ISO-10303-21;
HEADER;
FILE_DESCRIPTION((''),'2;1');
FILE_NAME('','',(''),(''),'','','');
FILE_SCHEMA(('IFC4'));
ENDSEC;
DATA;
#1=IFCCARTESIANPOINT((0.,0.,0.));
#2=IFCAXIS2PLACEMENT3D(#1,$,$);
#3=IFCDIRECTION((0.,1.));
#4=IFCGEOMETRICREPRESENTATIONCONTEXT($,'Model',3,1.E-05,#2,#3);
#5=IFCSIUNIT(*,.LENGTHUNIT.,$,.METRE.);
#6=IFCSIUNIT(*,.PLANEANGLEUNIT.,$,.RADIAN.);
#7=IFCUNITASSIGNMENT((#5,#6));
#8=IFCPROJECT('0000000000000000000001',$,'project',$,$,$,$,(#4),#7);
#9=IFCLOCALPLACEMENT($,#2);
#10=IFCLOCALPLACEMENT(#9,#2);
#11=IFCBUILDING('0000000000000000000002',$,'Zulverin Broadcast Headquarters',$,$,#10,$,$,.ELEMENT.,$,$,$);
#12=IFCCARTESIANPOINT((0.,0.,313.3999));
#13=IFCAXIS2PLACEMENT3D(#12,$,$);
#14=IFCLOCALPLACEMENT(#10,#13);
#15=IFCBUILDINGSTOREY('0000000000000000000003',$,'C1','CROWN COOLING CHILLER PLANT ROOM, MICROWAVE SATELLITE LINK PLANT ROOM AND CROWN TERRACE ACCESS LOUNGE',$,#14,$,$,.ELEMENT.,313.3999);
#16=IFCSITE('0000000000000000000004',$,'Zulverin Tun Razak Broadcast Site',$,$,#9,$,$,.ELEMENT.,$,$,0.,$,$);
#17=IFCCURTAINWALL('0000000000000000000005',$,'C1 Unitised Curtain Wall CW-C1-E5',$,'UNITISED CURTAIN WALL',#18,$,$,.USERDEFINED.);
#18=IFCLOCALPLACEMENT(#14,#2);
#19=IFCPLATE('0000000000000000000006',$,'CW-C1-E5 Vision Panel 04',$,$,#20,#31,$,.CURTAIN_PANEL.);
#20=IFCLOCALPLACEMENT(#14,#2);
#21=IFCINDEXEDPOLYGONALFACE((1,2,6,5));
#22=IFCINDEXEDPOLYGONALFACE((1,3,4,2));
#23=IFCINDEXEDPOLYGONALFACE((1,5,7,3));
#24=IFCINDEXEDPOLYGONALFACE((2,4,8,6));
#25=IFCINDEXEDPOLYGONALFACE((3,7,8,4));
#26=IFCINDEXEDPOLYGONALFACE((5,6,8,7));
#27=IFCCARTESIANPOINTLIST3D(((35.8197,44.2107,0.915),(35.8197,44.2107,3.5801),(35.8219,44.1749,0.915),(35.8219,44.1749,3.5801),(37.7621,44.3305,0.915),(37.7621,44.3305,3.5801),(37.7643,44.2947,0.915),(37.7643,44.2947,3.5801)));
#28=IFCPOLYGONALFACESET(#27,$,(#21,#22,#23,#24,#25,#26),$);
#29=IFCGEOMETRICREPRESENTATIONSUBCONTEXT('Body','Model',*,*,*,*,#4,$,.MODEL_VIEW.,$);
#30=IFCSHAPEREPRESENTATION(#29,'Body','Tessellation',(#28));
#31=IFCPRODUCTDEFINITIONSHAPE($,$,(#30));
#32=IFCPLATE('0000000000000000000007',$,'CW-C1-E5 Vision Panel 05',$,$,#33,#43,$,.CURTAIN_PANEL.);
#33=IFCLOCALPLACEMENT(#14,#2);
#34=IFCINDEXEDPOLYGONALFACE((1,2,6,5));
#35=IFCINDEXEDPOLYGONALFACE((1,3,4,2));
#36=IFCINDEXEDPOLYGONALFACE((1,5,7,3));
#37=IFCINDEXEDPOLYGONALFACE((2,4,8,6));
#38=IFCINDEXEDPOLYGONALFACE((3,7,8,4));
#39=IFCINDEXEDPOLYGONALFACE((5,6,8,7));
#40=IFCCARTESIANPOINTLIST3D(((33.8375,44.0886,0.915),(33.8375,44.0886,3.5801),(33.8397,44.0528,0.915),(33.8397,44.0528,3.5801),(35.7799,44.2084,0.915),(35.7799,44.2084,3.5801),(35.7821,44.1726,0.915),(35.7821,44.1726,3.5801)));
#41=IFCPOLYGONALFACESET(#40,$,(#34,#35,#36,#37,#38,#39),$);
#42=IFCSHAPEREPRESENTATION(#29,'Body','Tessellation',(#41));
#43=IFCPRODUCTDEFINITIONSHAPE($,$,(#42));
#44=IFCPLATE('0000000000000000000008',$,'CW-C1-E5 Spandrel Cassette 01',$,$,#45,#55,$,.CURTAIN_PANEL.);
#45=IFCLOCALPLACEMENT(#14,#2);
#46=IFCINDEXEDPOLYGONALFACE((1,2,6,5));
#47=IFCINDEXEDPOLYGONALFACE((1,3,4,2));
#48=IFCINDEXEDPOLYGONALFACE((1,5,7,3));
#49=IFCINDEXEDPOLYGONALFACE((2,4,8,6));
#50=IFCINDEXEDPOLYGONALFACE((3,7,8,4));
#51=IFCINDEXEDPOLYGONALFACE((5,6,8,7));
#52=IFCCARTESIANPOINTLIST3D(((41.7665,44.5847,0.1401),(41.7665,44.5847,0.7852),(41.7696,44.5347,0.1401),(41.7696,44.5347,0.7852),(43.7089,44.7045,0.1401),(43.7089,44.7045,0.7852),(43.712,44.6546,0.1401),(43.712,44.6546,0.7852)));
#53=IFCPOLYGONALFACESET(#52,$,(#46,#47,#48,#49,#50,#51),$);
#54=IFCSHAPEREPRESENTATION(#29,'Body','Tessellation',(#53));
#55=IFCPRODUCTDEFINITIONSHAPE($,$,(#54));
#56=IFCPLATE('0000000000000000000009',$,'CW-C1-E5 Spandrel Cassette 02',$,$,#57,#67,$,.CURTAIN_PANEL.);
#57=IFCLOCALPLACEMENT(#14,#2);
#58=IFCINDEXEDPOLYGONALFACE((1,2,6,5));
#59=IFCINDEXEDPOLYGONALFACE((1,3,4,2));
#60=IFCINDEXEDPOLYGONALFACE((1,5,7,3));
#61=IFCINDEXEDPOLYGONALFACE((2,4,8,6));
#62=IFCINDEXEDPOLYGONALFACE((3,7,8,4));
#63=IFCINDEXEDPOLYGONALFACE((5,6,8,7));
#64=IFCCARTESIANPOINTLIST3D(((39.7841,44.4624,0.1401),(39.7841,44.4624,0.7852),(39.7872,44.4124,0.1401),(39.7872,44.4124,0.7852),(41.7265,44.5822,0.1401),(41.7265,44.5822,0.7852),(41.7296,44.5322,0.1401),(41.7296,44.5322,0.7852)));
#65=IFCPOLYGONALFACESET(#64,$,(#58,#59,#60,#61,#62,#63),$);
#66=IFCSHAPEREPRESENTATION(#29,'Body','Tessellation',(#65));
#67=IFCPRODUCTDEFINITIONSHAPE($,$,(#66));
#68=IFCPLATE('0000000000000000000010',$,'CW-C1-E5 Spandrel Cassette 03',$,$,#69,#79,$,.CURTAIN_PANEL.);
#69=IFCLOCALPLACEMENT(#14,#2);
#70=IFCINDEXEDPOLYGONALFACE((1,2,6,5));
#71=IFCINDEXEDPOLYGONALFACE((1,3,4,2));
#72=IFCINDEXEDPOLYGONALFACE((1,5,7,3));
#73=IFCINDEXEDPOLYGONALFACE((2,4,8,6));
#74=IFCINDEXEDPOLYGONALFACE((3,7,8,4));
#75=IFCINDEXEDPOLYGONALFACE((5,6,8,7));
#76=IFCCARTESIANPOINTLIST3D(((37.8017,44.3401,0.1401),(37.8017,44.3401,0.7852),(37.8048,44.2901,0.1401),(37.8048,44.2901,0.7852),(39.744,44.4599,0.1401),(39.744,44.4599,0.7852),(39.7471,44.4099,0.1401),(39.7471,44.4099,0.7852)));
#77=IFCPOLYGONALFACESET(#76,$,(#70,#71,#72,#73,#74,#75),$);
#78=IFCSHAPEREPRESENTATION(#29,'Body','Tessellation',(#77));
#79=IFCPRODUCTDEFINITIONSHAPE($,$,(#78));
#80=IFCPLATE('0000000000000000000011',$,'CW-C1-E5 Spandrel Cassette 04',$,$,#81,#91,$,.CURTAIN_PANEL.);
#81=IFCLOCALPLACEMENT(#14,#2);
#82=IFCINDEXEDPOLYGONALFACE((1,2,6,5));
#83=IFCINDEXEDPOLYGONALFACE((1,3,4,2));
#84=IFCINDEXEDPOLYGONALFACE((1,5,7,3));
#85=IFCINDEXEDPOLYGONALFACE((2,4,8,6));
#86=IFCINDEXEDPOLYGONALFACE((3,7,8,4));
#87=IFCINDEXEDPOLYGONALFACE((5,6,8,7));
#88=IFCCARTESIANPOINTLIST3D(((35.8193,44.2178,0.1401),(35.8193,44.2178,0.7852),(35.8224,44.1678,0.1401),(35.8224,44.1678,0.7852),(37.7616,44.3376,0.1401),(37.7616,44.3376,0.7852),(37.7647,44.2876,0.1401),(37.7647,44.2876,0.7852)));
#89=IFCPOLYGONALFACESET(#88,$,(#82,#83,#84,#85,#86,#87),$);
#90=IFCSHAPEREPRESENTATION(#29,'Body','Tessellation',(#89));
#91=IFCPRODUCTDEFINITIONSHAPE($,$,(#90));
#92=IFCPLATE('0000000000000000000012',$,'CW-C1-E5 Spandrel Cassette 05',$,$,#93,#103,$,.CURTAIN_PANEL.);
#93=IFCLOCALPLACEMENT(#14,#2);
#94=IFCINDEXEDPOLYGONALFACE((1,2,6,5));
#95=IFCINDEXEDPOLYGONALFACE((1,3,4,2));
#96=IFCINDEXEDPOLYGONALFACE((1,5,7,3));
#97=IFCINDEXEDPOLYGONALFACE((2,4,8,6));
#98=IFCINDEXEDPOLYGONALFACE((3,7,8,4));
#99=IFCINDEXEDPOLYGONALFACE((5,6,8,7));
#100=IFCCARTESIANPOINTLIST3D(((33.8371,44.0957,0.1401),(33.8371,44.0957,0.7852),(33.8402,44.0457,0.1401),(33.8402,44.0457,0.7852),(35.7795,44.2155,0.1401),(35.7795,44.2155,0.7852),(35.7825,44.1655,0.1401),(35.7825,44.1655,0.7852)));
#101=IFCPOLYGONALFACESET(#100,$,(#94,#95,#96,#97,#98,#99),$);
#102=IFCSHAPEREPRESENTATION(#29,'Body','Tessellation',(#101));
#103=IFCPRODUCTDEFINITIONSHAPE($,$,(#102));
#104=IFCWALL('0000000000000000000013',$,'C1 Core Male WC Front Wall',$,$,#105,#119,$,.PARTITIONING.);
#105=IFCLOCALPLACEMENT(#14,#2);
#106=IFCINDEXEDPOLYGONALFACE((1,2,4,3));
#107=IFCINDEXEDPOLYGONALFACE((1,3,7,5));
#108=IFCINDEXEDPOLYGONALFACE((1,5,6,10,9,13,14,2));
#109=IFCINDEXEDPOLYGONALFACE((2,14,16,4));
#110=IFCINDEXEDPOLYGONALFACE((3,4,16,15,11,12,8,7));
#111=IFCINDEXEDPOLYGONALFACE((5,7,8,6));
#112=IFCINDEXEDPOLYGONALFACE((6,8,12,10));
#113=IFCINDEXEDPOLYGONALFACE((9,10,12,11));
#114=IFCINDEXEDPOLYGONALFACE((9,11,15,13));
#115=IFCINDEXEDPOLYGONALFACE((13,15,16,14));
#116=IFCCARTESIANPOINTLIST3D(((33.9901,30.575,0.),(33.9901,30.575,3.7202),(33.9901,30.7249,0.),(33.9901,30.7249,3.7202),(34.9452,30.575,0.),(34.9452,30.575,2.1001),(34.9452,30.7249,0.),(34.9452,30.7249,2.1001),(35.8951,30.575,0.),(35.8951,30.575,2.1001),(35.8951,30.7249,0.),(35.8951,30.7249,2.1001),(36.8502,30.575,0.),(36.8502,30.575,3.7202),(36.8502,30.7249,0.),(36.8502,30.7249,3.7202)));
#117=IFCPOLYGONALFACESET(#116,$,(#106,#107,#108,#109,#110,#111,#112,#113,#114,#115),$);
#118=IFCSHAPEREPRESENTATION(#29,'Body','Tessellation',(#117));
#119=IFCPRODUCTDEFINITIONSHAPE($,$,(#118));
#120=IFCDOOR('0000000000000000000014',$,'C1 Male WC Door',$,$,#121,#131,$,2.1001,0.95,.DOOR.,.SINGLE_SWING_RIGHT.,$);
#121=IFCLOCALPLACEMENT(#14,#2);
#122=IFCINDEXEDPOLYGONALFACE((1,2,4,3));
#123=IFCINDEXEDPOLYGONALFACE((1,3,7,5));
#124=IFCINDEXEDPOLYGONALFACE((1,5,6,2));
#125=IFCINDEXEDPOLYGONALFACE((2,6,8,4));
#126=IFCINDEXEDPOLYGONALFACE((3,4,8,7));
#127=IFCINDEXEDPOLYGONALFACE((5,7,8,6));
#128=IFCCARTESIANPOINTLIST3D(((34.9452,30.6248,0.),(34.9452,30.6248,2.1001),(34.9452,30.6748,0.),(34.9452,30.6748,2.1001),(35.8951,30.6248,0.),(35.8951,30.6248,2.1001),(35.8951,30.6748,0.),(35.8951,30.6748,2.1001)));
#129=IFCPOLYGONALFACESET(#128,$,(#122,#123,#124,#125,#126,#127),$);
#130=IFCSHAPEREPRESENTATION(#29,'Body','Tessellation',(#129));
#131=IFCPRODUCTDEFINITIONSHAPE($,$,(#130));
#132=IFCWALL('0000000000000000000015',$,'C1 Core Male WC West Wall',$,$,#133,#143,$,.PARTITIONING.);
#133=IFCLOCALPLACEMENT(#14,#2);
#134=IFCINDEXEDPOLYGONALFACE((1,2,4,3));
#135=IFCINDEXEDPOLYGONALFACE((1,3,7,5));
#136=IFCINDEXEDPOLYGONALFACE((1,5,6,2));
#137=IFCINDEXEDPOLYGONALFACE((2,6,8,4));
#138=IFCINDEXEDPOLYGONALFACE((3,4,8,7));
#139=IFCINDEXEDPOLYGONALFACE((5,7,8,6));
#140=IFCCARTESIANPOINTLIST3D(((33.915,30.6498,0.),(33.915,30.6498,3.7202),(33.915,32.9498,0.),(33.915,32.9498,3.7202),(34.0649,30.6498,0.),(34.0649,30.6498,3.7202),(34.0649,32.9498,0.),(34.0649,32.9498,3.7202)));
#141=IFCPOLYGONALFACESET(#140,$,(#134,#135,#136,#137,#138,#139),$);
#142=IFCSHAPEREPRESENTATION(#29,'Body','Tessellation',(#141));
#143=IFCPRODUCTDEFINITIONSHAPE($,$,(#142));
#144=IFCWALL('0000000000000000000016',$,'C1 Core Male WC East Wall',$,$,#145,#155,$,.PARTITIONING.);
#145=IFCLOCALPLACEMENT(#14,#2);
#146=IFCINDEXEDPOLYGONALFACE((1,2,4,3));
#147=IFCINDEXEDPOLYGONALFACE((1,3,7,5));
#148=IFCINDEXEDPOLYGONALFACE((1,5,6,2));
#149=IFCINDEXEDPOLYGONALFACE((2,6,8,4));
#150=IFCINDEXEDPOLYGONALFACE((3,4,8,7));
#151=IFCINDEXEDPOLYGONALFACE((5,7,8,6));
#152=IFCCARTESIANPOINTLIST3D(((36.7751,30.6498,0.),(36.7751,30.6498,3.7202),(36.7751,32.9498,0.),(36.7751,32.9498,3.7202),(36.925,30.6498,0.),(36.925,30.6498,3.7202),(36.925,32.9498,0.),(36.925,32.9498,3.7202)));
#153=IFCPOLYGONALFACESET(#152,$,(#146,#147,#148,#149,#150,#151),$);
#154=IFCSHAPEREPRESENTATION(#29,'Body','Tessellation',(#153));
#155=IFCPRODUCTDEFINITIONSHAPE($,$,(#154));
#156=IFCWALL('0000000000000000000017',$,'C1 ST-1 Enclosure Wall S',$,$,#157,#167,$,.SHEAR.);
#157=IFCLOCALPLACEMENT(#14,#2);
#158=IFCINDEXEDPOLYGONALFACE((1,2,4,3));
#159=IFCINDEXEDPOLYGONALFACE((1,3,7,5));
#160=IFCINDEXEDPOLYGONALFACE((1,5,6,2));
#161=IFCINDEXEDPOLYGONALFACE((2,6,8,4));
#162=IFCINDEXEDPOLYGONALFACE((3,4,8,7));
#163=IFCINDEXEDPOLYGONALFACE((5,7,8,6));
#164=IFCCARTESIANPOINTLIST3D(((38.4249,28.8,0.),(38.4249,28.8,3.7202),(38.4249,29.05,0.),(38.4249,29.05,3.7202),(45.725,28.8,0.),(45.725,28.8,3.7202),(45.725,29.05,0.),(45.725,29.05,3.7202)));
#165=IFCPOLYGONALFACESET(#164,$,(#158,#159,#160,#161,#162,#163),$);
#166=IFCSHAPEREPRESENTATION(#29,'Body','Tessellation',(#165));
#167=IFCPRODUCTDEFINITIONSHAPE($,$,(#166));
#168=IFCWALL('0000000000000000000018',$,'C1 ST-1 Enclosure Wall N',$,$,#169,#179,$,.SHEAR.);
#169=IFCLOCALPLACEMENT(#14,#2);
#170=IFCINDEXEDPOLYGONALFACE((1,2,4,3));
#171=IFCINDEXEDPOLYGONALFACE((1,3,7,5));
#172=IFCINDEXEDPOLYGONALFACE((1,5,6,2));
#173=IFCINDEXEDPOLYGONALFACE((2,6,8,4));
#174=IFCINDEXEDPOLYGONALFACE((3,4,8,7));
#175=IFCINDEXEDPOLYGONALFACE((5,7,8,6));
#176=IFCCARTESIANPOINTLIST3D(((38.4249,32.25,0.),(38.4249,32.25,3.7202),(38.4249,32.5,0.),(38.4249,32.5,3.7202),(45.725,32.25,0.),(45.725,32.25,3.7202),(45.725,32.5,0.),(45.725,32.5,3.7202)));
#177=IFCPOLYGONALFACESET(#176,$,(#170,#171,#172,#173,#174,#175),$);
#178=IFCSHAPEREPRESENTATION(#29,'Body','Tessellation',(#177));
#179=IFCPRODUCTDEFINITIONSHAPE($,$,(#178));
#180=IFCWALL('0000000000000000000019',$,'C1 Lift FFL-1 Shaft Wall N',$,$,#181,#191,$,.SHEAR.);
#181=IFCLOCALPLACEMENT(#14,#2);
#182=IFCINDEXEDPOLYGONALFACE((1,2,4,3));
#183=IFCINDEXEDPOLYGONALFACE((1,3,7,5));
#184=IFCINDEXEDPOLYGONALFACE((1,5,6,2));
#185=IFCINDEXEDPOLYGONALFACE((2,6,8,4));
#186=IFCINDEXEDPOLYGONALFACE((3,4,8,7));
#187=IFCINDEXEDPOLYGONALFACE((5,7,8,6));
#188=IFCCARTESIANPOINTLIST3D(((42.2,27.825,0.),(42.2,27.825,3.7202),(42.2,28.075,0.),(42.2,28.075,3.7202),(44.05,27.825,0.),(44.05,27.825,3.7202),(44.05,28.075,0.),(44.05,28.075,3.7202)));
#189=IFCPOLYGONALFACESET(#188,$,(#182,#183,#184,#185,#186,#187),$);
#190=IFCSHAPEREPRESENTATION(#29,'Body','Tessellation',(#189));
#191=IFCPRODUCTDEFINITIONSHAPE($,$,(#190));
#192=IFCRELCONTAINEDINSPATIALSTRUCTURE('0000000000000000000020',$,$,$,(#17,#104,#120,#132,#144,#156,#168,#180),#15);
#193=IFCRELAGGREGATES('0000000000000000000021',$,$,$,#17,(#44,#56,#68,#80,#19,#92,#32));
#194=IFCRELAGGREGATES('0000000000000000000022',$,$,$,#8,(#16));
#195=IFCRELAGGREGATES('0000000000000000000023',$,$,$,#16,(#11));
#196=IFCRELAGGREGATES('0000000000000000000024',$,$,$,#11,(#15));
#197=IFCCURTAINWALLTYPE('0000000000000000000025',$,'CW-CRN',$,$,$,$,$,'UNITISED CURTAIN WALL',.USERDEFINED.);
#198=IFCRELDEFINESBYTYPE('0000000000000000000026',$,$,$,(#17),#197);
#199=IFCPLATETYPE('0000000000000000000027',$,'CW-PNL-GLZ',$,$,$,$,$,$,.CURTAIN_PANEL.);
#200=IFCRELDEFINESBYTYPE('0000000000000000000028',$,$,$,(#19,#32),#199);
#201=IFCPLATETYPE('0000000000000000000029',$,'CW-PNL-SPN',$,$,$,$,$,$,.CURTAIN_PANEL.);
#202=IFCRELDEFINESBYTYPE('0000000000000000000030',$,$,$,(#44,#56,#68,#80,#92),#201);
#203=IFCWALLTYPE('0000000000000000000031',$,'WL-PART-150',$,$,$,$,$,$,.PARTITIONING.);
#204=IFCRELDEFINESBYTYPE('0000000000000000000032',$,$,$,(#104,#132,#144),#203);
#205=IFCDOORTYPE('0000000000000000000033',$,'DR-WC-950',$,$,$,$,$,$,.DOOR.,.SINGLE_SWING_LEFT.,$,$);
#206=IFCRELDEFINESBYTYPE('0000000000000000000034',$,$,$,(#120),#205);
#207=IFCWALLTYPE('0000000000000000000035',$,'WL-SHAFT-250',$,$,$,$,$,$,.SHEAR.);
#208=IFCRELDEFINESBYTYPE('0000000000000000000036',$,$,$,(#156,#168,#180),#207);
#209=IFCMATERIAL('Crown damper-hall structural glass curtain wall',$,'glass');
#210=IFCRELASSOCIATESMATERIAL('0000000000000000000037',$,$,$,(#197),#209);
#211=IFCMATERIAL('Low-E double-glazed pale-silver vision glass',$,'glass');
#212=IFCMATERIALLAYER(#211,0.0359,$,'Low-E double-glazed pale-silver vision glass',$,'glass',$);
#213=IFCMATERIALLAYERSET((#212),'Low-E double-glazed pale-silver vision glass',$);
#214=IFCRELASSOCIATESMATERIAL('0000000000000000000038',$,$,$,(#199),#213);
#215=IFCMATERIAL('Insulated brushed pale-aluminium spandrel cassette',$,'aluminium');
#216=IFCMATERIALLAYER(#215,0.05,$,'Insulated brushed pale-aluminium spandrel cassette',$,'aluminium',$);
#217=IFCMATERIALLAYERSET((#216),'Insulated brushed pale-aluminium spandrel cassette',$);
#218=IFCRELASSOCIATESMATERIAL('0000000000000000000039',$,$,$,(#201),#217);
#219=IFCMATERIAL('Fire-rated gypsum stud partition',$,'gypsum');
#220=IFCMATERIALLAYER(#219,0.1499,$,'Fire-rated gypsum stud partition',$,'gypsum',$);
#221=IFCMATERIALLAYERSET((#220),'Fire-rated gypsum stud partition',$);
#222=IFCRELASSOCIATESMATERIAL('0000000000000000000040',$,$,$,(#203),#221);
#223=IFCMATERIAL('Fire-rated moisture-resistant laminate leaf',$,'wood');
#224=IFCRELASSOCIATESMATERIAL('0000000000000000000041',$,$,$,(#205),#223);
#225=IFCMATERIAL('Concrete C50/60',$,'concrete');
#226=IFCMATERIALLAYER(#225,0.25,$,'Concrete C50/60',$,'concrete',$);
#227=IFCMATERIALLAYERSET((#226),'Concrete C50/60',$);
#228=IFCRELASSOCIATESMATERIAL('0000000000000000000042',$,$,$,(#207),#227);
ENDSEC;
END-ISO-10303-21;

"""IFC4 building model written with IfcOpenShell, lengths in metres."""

from ifc_helpers import new_model, si_unit, direction, frame, frame_2d, origin, origin_2d, place, context, subcontext, project, spatial, rectangle, extrude, material, layer, layer_set, type_object, element, fill, aggregate, save


model = new_model("IFC4")

# Units and contexts
model_context = context("Model", 3, precision=1e-05, world=origin(), true_north=direction((0.0, 1.0)))
body_context = subcontext(model_context, "Body", "Model", "MODEL_VIEW")
ifc_project = project(units=[si_unit("LENGTHUNIT", "METRE"), si_unit("PLANEANGLEUNIT", "RADIAN")], contexts=[model_context])

# Site, building, storey
site_placement = place(None, origin())
site = spatial("IfcSite", under=ifc_project, at=site_placement, Name="Zulverin Tun Razak Broadcast Site", CompositionType="ELEMENT", RefElevation=0.0)
building_placement = place(site_placement, origin())
building = spatial("IfcBuilding", under=site, at=building_placement, Name="Zulverin Broadcast Headquarters", CompositionType="ELEMENT")
storey_placement = place(building_placement, frame((0.0, 0.0, 313.3999)))
storey = spatial("IfcBuildingStorey", under=building, at=storey_placement, Name="C1", Description="CROWN COOLING CHILLER PLANT ROOM, MICROWAVE SATELLITE LINK PLANT ROOM AND CROWN TERRACE ACCESS LOUNGE", CompositionType="ELEMENT", Elevation=313.3999)

# Shared definitions
ifc_material_1 = material(Name="Concrete C50/60", Category="concrete")

# Curtain wall, plates
ifc_material_2 = material(Name="Crown damper-hall structural glass curtain wall", Category="glass")
curtain_wall_type = type_object("IfcCurtainWallType", Name="CW-CRN", ElementType="UNITISED CURTAIN WALL", PredefinedType="USERDEFINED", material=ifc_material_2)
curtain_wall_placement = place(storey_placement, origin())
curtain_wall = element("IfcCurtainWall", 1, at=curtain_wall_placement, inside=storey, type_object=curtain_wall_type, Name="C1 Unitised Curtain Wall CW-C1-E5", ObjectType="UNITISED CURTAIN WALL", PredefinedType="USERDEFINED")
ifc_material_3 = material(Name="Low-E double-glazed pale-silver vision glass", Category="glass")
ifc_layer_1 = layer(ifc_material_3, 0.0359, Name="Low-E double-glazed pale-silver vision glass", Category="glass")
ifc_layer_set_1 = layer_set([ifc_layer_1], Name="Low-E double-glazed pale-silver vision glass")
plate_type_1 = type_object("IfcPlateType", Name="CW-PNL-GLZ", PredefinedType="CURTAIN_PANEL", material=ifc_layer_set_1)
plate_1_placement = place(storey_placement, frame((36.792, 44.2527, 0.915), z_axis=(0.0, 0.0, 1.0), x_axis=(-0.998103, -0.061569, 0.0)))
plate_1 = element("IfcPlate", 2, at=plate_1_placement, type_object=plate_type_1, Name="CW-C1-E5 Vision Panel 04", PredefinedType="CURTAIN_PANEL", context=body_context, shape_type="SweptSolid", body=[
    extrude(rectangle(XDim=1.946, YDim=0.0359, at=origin_2d()), origin(), (0.0, 0.0, 1.0), 2.665),
])
plate_2_placement = place(storey_placement, frame((34.8098, 44.1306, 0.915), z_axis=(0.0, 0.0, 1.0), x_axis=(-0.998103, -0.061569, 0.0)))
plate_2 = element("IfcPlate", 3, at=plate_2_placement, type_object=plate_type_1, Name="CW-C1-E5 Vision Panel 05", PredefinedType="CURTAIN_PANEL", context=body_context, shape_type="SweptSolid", body=[
    extrude(rectangle(XDim=1.946, YDim=0.0359, at=origin_2d()), origin(), (0.0, 0.0, 1.0), 2.665),
])
ifc_material_4 = material(Name="Insulated brushed pale-aluminium spandrel cassette", Category="aluminium")
ifc_layer_2 = layer(ifc_material_4, 0.05, Name="Insulated brushed pale-aluminium spandrel cassette", Category="aluminium")
ifc_layer_set_2 = layer_set([ifc_layer_2], Name="Insulated brushed pale-aluminium spandrel cassette")
plate_type_2 = type_object("IfcPlateType", Name="CW-PNL-SPN", PredefinedType="CURTAIN_PANEL", material=ifc_layer_set_2)
plate_3_placement = place(storey_placement, frame((42.7393, 44.6196, 0.1401), z_axis=(0.0, 0.0, 1.0), x_axis=(-0.998103, -0.061569, 0.0)))
plate_3 = element("IfcPlate", 4, at=plate_3_placement, type_object=plate_type_2, Name="CW-C1-E5 Spandrel Cassette 01", PredefinedType="CURTAIN_PANEL", context=body_context, shape_type="SweptSolid", body=[
    extrude(rectangle(XDim=1.946, YDim=0.05, at=origin_2d()), origin(), (0.0, 0.0, 1.0), 0.645),
])
plate_4_placement = place(storey_placement, frame((40.7568, 44.4973, 0.1401), z_axis=(0.0, 0.0, 1.0), x_axis=(-0.998103, -0.061569, 0.0)))
plate_4 = element("IfcPlate", 5, at=plate_4_placement, type_object=plate_type_2, Name="CW-C1-E5 Spandrel Cassette 02", PredefinedType="CURTAIN_PANEL", context=body_context, shape_type="SweptSolid", body=[
    extrude(rectangle(XDim=1.946, YDim=0.05, at=origin_2d()), origin(), (0.0, 0.0, 1.0), 0.645),
])
plate_5_placement = place(storey_placement, frame((38.7744, 44.375, 0.1401), z_axis=(0.0, 0.0, 1.0), x_axis=(-0.998103, -0.061569, 0.0)))
plate_5 = element("IfcPlate", 6, at=plate_5_placement, type_object=plate_type_2, Name="CW-C1-E5 Spandrel Cassette 03", PredefinedType="CURTAIN_PANEL", context=body_context, shape_type="SweptSolid", body=[
    extrude(rectangle(XDim=1.946, YDim=0.05, at=origin_2d()), origin(), (0.0, 0.0, 1.0), 0.645),
])
plate_6_placement = place(storey_placement, frame((36.792, 44.2527, 0.1401), z_axis=(0.0, 0.0, 1.0), x_axis=(-0.998103, -0.061569, 0.0)))
plate_6 = element("IfcPlate", 7, at=plate_6_placement, type_object=plate_type_2, Name="CW-C1-E5 Spandrel Cassette 04", PredefinedType="CURTAIN_PANEL", context=body_context, shape_type="SweptSolid", body=[
    extrude(rectangle(XDim=1.946, YDim=0.05, at=origin_2d()), origin(), (0.0, 0.0, 1.0), 0.645),
])
plate_7_placement = place(storey_placement, frame((34.8098, 44.1306, 0.1401), z_axis=(0.0, 0.0, 1.0), x_axis=(-0.998103, -0.061569, 0.0)))
plate_7 = element("IfcPlate", 8, at=plate_7_placement, type_object=plate_type_2, Name="CW-C1-E5 Spandrel Cassette 05", PredefinedType="CURTAIN_PANEL", context=body_context, shape_type="SweptSolid", body=[
    extrude(rectangle(XDim=1.946, YDim=0.05, at=origin_2d()), origin(), (0.0, 0.0, 1.0), 0.645),
])
aggregate(curtain_wall, [plate_3, plate_4, plate_5, plate_6, plate_1, plate_7, plate_2])

# Wall, opening, door
ifc_material_5 = material(Name="Fire-rated gypsum stud partition", Category="gypsum")
ifc_layer_3 = layer(ifc_material_5, 0.1499, Name="Fire-rated gypsum stud partition", Category="gypsum")
ifc_layer_set_3 = layer_set([ifc_layer_3], Name="Fire-rated gypsum stud partition")
wall_type_1 = type_object("IfcWallType", Name="WL-PART-150", PredefinedType="PARTITIONING", material=ifc_layer_set_3)
wall_1_placement = place(storey_placement, frame((33.99, 30.6499, 0.0), z_axis=(0.0, 0.0, 1.0), x_axis=(1.0, 0.0, 0.0)))
wall_1 = element("IfcWall", 9, at=wall_1_placement, inside=storey, type_object=wall_type_1, Name="C1 Core Male WC Front Wall", PredefinedType="PARTITIONING", context=body_context, shape_type="SweptSolid", body=[
    extrude(rectangle(XDim=2.8601, YDim=0.1499, at=frame_2d((1.4302, 0.0))), origin(), (0.0, 0.0, 1.0), 3.7202),
])
opening_1_placement = place(wall_1_placement, frame((0.9551, 0.0, 0.0)))
opening_1 = element("IfcOpeningElement", 10, at=opening_1_placement, cuts=wall_1, PredefinedType="OPENING", context=body_context, shape_type="SweptSolid", body=[
    extrude(rectangle(XDim=0.95, YDim=2.1001, at=frame_2d((0.4751, 1.05))), frame((0.0, 0.085, 0.0), z_axis=(0.0, -1.0, 0.0), x_axis=(1.0, 0.0, 0.0)), (0.0, 0.0, 1.0), 0.1699),
])
ifc_material_6 = material(Name="Fire-rated moisture-resistant laminate leaf", Category="wood")
door_type_1 = type_object("IfcDoorType", Name="DR-WC-950", OperationType="SINGLE_SWING_LEFT", PredefinedType="DOOR", material=ifc_material_6)
door_1_placement = place(opening_1_placement, origin())
door_1 = element("IfcDoor", 11, at=door_1_placement, inside=storey, type_object=door_type_1, Name="C1 Male WC Door", OperationType="SINGLE_SWING_RIGHT", OverallHeight=2.1001, OverallWidth=0.95, PredefinedType="DOOR", context=body_context, shape_type="SweptSolid", body=[
    extrude(rectangle(XDim=0.95, YDim=2.1001, at=frame_2d((0.4751, 1.05))), frame((0.0, 0.0249, 0.0), z_axis=(0.0, -1.0, 0.0), x_axis=(1.0, 0.0, 0.0)), (0.0, 0.0, 1.0), 0.05),
])
fill(opening_1, door_1)

# Walls
for number, where, z_axis, x_axis, name in (
    (12, (33.99, 30.6499, 0.0), (0.0, 0.0, 1.0), (0.0, 1.0, 0.0), "C1 Core Male WC West Wall"),
    (13, (36.8501, 30.6499, 0.0), (0.0, 0.0, 1.0), (0.0, 1.0, 0.0), "C1 Core Male WC East Wall"),
):
    element("IfcWall", number, at=place(storey_placement, frame(where, z_axis=z_axis, x_axis=x_axis)), inside=storey, type_object=wall_type_1, Name=name, PredefinedType="PARTITIONING", context=body_context, shape_type="SweptSolid", body=[
        extrude(rectangle(XDim=2.3, YDim=0.1499, at=frame_2d((1.1499, 0.0))), origin(), (0.0, 0.0, 1.0), 3.7202),
    ])
ifc_layer_4 = layer(ifc_material_1, 0.25, Name="Concrete C50/60", Category="concrete")
ifc_layer_set_4 = layer_set([ifc_layer_4], Name="Concrete C50/60")
wall_type_2 = type_object("IfcWallType", Name="WL-SHAFT-250", PredefinedType="SHEAR", material=ifc_layer_set_4)
for number, where, z_axis, x_axis, name in (
    (14, (38.425, 28.925, 0.0), (0.0, 0.0, 1.0), (1.0, 0.0, 0.0), "C1 ST-1 Enclosure Wall S"),
    (15, (38.425, 32.375, 0.0), (0.0, 0.0, 1.0), (1.0, 0.0, 0.0), "C1 ST-1 Enclosure Wall N"),
):
    element("IfcWall", number, at=place(storey_placement, frame(where, z_axis=z_axis, x_axis=x_axis)), inside=storey, type_object=wall_type_2, Name=name, PredefinedType="SHEAR", context=body_context, shape_type="SweptSolid", body=[
        extrude(rectangle(XDim=7.3, YDim=0.25, at=frame_2d((3.6499, 0.0))), origin(), (0.0, 0.0, 1.0), 3.7202),
    ])

# Wall
wall_2_placement = place(storey_placement, frame((42.2, 27.95, 0.0), z_axis=(0.0, 0.0, 1.0), x_axis=(1.0, 0.0, 0.0)))
element("IfcWall", 16, at=wall_2_placement, inside=storey, type_object=wall_type_2, Name="C1 Lift FFL-1 Shaft Wall N", PredefinedType="SHEAR", context=body_context, shape_type="SweptSolid", body=[
    extrude(rectangle(XDim=1.8501, YDim=0.25, at=frame_2d((0.925, 0.0))), origin(), (0.0, 0.0, 1.0), 3.7202),
])

save(model, "model.ifc")
